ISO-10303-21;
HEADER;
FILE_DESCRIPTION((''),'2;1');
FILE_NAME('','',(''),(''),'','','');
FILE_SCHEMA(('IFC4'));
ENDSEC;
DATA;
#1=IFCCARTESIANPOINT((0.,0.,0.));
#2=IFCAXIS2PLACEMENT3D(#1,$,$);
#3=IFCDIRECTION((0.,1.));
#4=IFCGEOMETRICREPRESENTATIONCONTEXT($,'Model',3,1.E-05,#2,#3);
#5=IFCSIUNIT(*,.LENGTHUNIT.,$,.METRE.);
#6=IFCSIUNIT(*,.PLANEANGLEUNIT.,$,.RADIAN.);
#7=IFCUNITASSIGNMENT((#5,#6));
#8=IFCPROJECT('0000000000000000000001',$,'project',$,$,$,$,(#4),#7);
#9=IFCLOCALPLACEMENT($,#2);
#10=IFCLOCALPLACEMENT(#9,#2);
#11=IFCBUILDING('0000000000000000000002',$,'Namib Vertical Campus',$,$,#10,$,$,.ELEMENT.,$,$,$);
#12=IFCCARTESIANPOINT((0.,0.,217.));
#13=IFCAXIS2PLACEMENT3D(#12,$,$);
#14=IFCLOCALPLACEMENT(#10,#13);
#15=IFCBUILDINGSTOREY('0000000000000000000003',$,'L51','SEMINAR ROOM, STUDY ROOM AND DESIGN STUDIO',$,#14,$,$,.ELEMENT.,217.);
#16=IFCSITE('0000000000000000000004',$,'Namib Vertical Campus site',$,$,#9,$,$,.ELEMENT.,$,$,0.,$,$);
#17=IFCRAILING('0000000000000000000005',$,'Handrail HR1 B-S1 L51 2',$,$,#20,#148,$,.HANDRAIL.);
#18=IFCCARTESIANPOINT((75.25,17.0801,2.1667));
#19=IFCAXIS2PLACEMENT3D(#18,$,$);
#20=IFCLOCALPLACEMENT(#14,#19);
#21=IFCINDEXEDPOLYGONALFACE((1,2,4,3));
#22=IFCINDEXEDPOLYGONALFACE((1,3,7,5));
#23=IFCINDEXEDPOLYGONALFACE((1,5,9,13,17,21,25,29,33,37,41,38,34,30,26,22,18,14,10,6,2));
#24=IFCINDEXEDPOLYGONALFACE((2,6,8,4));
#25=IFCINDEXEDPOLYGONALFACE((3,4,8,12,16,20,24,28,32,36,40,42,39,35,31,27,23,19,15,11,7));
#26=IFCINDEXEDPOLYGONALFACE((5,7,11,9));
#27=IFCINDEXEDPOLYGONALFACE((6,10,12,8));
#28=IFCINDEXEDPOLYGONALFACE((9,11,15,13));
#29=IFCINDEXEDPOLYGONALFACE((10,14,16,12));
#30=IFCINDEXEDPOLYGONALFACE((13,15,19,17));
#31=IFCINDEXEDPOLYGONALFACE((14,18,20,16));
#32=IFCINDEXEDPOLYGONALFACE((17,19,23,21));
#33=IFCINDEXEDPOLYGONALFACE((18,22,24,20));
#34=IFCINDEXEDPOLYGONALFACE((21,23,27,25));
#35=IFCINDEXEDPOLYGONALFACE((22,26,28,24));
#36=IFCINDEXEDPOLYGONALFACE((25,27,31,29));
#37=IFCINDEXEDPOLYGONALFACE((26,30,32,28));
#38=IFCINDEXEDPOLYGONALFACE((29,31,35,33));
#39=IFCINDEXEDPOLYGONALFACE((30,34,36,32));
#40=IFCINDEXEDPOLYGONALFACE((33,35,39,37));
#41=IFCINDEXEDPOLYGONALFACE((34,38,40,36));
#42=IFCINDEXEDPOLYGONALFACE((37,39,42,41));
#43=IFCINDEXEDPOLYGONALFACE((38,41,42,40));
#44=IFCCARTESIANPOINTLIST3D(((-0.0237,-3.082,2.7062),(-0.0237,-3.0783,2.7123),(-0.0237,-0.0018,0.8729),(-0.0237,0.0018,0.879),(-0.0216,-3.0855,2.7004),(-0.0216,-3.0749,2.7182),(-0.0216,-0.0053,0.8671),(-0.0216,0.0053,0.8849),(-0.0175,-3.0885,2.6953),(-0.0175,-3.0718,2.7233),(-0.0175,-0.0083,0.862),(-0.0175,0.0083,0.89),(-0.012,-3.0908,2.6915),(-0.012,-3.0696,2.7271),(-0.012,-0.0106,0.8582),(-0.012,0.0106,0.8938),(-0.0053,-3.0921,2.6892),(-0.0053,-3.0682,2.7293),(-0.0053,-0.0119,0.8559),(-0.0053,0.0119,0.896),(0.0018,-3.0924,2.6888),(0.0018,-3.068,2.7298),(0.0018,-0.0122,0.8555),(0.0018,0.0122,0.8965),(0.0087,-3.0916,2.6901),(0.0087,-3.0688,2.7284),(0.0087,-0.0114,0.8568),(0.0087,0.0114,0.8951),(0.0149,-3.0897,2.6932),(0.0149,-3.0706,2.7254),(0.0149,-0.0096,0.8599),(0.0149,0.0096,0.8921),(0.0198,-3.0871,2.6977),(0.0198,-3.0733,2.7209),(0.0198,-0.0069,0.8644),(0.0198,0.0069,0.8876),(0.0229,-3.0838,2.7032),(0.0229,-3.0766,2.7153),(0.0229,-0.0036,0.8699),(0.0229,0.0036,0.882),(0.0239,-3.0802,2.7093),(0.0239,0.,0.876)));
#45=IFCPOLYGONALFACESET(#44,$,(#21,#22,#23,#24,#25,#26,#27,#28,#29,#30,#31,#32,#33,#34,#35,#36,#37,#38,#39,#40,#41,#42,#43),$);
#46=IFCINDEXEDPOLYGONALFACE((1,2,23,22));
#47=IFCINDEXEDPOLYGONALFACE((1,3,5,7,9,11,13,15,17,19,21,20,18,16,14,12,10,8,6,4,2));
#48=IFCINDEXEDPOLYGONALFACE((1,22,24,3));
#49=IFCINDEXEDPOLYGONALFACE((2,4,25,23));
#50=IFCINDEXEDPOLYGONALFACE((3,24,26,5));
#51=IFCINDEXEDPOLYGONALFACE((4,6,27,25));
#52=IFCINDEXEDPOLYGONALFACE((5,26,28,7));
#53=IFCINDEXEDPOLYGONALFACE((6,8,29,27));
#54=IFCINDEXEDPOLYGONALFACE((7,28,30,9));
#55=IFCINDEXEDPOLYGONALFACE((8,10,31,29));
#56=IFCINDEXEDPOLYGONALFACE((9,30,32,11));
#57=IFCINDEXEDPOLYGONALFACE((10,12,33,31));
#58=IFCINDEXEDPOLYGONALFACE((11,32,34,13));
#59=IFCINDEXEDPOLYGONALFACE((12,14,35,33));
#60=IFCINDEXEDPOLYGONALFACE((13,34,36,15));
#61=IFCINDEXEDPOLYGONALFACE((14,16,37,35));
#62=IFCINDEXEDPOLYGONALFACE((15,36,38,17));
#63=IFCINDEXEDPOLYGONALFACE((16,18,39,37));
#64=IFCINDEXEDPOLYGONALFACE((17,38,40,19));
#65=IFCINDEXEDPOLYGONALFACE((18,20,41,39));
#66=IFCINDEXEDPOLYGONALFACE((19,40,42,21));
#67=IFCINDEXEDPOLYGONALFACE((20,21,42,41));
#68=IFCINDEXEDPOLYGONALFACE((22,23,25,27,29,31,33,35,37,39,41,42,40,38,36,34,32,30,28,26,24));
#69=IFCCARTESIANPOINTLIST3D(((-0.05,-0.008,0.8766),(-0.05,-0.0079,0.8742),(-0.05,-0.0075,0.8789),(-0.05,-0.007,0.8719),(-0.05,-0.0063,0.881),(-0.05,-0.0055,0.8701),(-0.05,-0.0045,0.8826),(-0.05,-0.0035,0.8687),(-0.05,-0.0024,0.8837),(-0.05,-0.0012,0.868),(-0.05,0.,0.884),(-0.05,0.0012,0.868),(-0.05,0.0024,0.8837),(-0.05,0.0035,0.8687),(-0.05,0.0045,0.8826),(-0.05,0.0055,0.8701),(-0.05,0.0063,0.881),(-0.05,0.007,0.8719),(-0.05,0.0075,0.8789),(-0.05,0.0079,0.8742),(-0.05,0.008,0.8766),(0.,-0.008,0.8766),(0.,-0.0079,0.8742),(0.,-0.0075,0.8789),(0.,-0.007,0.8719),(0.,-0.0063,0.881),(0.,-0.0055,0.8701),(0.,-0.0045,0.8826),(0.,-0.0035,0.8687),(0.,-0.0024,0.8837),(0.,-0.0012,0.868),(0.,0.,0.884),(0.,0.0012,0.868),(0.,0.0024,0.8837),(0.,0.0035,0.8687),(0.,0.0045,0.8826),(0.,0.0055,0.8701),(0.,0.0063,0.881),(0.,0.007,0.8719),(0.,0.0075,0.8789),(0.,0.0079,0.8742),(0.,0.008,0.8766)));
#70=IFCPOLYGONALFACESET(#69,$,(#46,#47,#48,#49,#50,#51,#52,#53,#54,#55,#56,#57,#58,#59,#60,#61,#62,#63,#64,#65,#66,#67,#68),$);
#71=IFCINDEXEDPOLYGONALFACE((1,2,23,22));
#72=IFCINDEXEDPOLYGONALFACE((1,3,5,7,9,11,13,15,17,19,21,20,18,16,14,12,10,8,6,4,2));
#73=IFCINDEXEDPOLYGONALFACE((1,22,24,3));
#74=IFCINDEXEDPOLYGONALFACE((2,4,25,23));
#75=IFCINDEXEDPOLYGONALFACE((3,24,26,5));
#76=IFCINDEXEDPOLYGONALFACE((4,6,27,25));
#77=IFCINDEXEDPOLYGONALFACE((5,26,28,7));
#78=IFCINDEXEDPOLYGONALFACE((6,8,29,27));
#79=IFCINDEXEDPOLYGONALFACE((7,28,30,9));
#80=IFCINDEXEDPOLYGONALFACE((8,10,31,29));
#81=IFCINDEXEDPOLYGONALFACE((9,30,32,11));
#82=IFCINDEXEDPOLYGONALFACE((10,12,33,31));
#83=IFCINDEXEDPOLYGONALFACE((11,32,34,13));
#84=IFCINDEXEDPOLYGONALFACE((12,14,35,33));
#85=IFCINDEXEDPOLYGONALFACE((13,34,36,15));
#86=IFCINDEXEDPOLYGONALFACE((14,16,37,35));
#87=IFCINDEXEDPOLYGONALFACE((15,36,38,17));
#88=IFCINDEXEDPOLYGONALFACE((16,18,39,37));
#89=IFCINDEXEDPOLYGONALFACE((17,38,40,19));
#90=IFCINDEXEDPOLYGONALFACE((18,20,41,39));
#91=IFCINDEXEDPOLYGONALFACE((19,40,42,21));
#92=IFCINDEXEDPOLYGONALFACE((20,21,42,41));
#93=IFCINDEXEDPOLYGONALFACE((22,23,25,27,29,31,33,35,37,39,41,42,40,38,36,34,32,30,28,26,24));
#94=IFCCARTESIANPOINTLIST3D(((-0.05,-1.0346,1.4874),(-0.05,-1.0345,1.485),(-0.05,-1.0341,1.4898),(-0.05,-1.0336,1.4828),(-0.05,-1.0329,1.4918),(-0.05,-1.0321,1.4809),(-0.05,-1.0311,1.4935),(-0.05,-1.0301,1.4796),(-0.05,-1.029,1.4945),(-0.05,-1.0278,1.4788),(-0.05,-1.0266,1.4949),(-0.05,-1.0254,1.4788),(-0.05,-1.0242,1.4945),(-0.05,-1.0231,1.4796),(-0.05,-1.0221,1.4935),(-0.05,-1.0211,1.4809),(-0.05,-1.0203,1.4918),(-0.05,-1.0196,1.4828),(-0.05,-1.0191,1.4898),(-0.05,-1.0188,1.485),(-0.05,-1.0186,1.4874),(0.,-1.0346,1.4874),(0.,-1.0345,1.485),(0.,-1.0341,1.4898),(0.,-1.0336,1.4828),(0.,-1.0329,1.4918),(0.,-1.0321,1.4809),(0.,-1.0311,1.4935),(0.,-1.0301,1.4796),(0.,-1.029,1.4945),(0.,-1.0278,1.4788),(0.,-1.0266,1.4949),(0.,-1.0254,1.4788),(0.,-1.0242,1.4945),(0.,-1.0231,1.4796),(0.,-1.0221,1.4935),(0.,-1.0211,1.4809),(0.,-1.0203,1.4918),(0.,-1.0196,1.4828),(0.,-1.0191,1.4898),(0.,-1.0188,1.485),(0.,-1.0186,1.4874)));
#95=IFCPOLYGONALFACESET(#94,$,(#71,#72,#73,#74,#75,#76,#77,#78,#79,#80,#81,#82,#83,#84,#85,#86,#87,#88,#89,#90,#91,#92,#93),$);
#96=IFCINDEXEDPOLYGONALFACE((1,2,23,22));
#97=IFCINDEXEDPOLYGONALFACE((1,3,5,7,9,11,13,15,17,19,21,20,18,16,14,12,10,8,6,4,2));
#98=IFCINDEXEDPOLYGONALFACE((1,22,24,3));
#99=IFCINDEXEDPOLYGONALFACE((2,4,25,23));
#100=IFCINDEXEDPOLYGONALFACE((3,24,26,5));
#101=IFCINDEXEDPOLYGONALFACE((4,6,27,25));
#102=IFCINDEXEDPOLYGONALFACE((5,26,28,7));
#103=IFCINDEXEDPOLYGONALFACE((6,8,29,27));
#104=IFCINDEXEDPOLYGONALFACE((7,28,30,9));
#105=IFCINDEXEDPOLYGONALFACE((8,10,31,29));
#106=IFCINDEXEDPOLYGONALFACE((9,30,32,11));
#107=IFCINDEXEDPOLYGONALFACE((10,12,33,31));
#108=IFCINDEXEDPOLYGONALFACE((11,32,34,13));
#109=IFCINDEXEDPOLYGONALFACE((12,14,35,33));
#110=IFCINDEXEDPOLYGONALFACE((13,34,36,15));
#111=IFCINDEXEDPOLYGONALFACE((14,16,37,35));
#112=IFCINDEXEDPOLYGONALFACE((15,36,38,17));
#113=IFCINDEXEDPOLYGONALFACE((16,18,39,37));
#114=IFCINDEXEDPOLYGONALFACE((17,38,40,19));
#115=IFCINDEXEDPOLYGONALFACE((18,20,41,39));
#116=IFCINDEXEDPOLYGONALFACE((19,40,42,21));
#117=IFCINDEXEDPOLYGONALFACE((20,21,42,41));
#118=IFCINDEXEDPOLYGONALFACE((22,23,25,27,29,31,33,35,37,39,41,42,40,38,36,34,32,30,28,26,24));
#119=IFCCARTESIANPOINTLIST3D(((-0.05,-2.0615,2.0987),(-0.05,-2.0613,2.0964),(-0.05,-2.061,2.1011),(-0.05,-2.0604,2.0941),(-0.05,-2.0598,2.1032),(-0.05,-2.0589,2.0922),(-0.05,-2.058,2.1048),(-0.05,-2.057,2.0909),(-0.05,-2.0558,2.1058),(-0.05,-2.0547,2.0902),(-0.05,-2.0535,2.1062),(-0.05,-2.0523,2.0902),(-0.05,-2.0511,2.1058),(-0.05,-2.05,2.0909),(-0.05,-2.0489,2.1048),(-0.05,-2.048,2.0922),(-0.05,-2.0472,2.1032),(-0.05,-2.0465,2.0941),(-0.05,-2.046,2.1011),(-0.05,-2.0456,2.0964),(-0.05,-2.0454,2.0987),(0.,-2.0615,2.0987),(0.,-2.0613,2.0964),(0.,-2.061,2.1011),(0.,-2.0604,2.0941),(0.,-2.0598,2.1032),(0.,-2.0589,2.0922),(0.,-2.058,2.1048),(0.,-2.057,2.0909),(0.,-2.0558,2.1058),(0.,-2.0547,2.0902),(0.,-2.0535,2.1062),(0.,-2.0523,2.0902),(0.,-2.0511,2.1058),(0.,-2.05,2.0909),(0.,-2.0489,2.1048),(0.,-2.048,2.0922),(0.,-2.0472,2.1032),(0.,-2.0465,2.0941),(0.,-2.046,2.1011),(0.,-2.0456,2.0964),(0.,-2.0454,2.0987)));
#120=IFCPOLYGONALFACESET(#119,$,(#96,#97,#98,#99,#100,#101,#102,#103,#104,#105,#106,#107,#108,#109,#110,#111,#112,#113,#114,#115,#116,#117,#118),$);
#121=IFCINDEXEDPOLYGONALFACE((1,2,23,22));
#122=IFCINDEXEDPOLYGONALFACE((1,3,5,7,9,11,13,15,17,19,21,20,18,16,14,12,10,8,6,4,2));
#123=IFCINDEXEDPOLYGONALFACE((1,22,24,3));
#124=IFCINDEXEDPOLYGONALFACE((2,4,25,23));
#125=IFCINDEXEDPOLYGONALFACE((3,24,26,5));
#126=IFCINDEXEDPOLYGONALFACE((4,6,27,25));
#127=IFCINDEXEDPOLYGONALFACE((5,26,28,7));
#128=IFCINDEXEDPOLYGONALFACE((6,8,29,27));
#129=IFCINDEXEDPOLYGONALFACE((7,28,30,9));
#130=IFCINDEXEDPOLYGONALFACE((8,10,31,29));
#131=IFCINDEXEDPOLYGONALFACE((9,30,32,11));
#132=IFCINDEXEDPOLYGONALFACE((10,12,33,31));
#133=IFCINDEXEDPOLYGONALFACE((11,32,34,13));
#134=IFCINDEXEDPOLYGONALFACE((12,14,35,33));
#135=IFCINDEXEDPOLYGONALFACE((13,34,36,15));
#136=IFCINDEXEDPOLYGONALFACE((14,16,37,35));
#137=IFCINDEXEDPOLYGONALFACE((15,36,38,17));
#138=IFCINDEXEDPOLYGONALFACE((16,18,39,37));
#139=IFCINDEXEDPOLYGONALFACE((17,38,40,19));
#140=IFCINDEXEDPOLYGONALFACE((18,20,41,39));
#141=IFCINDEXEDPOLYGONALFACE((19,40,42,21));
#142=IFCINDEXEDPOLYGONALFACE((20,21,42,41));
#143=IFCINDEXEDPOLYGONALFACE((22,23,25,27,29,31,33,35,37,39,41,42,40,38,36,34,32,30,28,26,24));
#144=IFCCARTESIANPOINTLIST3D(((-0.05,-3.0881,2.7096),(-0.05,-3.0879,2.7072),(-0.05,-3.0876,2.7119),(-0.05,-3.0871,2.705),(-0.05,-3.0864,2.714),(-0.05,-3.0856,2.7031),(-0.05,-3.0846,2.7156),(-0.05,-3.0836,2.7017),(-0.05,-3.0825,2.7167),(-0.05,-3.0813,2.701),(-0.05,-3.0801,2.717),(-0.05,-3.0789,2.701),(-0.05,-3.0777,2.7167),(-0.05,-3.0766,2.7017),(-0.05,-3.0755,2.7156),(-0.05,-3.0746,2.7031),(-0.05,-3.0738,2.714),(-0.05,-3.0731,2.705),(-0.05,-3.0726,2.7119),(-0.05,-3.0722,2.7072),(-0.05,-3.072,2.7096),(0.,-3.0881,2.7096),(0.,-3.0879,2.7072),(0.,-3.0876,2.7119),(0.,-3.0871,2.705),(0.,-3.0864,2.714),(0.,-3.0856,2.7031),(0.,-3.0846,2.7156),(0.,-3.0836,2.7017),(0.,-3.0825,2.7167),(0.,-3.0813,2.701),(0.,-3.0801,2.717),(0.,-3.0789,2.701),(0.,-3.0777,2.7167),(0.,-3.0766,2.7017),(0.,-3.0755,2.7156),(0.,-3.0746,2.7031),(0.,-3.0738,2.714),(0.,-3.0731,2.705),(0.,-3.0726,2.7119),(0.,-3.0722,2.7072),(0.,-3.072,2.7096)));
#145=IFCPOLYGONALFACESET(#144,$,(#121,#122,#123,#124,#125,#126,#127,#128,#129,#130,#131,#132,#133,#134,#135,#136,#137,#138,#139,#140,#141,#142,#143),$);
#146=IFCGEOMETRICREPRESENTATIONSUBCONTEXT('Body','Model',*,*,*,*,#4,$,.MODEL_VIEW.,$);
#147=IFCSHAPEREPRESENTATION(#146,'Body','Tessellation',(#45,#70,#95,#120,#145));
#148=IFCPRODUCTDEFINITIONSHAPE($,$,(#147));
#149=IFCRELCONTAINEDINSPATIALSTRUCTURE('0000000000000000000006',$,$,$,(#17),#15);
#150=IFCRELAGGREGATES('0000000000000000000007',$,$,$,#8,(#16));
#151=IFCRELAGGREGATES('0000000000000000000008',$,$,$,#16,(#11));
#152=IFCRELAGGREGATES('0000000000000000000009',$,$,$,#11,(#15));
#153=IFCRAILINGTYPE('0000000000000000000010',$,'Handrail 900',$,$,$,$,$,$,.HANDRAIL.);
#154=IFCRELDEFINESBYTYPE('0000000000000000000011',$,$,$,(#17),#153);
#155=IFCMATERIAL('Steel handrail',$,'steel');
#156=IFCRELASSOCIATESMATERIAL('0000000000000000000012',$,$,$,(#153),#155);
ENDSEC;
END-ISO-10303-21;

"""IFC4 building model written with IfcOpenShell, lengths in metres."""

from ifc_helpers import new_model, si_unit, direction, frame, origin, origin_2d, place, context, subcontext, project, spatial, circle, extrude, material, type_object, element, save


model = new_model("IFC4")

# Units and contexts
model_context = context("Model", 3, precision=1e-05, world=origin(), true_north=direction((0.0, 1.0)))
body_context = subcontext(model_context, "Body", "Model", "MODEL_VIEW")
ifc_project = project(units=[si_unit("LENGTHUNIT", "METRE"), si_unit("PLANEANGLEUNIT", "RADIAN")], contexts=[model_context])

# Site, building, storey
site_placement = place(None, origin())
site = spatial("IfcSite", under=ifc_project, at=site_placement, Name="Namib Vertical Campus site", CompositionType="ELEMENT", RefElevation=0.0)
building_placement = place(site_placement, origin())
building = spatial("IfcBuilding", under=site, at=building_placement, Name="Namib Vertical Campus", CompositionType="ELEMENT")
storey_placement = place(building_placement, frame((0.0, 0.0, 217.0)))
storey = spatial("IfcBuildingStorey", under=building, at=storey_placement, Name="L51", Description="SEMINAR ROOM, STUDY ROOM AND DESIGN STUDIO", CompositionType="ELEMENT", Elevation=217.0)

# Railing
ifc_material_1 = material(Name="Steel handrail", Category="steel")
railing_type_1 = type_object("IfcRailingType", Name="Handrail 900", PredefinedType="HANDRAIL", material=ifc_material_1)
railing_1_placement = place(storey_placement, frame((75.25, 17.0801, 2.1667)))
element("IfcRailing", 1, at=railing_1_placement, inside=storey, type_object=railing_type_1, Name="Handrail HR1 B-S1 L51 2", PredefinedType="HANDRAIL", context=body_context, shape_type="SweptSolid", body=[
    extrude(circle(Radius=0.0239, at=origin_2d()), frame((0.0, 0.0, 0.876), z_axis=(0.0, -0.859309, 0.511458), x_axis=(1.0, 0.0, 0.0)), (0.0, 0.0, 1.0), 3.5845),
    extrude(circle(Radius=0.0081, at=origin_2d()), frame((0.0, 0.0, 0.876), z_axis=(-1.0, 0.0, 0.0), x_axis=(0.0, 0.0, 1.0)), (0.0, 0.0, 1.0), 0.05),
    extrude(circle(Radius=0.0081, at=origin_2d()), frame((0.0, -1.0266, 1.4868), z_axis=(-1.0, 0.0, 0.0), x_axis=(0.0, 0.0, 1.0)), (0.0, 0.0, 1.0), 0.05),
    extrude(circle(Radius=0.0081, at=origin_2d()), frame((0.0, -2.0535, 2.0981), z_axis=(-1.0, 0.0, 0.0), x_axis=(0.0, 0.0, 1.0)), (0.0, 0.0, 1.0), 0.05),
    extrude(circle(Radius=0.0081, at=origin_2d()), frame((0.0, -3.0801, 2.709), z_axis=(-1.0, 0.0, 0.0), x_axis=(0.0, 0.0, 1.0)), (0.0, 0.0, 1.0), 0.05),
])

save(model, "model.ifc")
